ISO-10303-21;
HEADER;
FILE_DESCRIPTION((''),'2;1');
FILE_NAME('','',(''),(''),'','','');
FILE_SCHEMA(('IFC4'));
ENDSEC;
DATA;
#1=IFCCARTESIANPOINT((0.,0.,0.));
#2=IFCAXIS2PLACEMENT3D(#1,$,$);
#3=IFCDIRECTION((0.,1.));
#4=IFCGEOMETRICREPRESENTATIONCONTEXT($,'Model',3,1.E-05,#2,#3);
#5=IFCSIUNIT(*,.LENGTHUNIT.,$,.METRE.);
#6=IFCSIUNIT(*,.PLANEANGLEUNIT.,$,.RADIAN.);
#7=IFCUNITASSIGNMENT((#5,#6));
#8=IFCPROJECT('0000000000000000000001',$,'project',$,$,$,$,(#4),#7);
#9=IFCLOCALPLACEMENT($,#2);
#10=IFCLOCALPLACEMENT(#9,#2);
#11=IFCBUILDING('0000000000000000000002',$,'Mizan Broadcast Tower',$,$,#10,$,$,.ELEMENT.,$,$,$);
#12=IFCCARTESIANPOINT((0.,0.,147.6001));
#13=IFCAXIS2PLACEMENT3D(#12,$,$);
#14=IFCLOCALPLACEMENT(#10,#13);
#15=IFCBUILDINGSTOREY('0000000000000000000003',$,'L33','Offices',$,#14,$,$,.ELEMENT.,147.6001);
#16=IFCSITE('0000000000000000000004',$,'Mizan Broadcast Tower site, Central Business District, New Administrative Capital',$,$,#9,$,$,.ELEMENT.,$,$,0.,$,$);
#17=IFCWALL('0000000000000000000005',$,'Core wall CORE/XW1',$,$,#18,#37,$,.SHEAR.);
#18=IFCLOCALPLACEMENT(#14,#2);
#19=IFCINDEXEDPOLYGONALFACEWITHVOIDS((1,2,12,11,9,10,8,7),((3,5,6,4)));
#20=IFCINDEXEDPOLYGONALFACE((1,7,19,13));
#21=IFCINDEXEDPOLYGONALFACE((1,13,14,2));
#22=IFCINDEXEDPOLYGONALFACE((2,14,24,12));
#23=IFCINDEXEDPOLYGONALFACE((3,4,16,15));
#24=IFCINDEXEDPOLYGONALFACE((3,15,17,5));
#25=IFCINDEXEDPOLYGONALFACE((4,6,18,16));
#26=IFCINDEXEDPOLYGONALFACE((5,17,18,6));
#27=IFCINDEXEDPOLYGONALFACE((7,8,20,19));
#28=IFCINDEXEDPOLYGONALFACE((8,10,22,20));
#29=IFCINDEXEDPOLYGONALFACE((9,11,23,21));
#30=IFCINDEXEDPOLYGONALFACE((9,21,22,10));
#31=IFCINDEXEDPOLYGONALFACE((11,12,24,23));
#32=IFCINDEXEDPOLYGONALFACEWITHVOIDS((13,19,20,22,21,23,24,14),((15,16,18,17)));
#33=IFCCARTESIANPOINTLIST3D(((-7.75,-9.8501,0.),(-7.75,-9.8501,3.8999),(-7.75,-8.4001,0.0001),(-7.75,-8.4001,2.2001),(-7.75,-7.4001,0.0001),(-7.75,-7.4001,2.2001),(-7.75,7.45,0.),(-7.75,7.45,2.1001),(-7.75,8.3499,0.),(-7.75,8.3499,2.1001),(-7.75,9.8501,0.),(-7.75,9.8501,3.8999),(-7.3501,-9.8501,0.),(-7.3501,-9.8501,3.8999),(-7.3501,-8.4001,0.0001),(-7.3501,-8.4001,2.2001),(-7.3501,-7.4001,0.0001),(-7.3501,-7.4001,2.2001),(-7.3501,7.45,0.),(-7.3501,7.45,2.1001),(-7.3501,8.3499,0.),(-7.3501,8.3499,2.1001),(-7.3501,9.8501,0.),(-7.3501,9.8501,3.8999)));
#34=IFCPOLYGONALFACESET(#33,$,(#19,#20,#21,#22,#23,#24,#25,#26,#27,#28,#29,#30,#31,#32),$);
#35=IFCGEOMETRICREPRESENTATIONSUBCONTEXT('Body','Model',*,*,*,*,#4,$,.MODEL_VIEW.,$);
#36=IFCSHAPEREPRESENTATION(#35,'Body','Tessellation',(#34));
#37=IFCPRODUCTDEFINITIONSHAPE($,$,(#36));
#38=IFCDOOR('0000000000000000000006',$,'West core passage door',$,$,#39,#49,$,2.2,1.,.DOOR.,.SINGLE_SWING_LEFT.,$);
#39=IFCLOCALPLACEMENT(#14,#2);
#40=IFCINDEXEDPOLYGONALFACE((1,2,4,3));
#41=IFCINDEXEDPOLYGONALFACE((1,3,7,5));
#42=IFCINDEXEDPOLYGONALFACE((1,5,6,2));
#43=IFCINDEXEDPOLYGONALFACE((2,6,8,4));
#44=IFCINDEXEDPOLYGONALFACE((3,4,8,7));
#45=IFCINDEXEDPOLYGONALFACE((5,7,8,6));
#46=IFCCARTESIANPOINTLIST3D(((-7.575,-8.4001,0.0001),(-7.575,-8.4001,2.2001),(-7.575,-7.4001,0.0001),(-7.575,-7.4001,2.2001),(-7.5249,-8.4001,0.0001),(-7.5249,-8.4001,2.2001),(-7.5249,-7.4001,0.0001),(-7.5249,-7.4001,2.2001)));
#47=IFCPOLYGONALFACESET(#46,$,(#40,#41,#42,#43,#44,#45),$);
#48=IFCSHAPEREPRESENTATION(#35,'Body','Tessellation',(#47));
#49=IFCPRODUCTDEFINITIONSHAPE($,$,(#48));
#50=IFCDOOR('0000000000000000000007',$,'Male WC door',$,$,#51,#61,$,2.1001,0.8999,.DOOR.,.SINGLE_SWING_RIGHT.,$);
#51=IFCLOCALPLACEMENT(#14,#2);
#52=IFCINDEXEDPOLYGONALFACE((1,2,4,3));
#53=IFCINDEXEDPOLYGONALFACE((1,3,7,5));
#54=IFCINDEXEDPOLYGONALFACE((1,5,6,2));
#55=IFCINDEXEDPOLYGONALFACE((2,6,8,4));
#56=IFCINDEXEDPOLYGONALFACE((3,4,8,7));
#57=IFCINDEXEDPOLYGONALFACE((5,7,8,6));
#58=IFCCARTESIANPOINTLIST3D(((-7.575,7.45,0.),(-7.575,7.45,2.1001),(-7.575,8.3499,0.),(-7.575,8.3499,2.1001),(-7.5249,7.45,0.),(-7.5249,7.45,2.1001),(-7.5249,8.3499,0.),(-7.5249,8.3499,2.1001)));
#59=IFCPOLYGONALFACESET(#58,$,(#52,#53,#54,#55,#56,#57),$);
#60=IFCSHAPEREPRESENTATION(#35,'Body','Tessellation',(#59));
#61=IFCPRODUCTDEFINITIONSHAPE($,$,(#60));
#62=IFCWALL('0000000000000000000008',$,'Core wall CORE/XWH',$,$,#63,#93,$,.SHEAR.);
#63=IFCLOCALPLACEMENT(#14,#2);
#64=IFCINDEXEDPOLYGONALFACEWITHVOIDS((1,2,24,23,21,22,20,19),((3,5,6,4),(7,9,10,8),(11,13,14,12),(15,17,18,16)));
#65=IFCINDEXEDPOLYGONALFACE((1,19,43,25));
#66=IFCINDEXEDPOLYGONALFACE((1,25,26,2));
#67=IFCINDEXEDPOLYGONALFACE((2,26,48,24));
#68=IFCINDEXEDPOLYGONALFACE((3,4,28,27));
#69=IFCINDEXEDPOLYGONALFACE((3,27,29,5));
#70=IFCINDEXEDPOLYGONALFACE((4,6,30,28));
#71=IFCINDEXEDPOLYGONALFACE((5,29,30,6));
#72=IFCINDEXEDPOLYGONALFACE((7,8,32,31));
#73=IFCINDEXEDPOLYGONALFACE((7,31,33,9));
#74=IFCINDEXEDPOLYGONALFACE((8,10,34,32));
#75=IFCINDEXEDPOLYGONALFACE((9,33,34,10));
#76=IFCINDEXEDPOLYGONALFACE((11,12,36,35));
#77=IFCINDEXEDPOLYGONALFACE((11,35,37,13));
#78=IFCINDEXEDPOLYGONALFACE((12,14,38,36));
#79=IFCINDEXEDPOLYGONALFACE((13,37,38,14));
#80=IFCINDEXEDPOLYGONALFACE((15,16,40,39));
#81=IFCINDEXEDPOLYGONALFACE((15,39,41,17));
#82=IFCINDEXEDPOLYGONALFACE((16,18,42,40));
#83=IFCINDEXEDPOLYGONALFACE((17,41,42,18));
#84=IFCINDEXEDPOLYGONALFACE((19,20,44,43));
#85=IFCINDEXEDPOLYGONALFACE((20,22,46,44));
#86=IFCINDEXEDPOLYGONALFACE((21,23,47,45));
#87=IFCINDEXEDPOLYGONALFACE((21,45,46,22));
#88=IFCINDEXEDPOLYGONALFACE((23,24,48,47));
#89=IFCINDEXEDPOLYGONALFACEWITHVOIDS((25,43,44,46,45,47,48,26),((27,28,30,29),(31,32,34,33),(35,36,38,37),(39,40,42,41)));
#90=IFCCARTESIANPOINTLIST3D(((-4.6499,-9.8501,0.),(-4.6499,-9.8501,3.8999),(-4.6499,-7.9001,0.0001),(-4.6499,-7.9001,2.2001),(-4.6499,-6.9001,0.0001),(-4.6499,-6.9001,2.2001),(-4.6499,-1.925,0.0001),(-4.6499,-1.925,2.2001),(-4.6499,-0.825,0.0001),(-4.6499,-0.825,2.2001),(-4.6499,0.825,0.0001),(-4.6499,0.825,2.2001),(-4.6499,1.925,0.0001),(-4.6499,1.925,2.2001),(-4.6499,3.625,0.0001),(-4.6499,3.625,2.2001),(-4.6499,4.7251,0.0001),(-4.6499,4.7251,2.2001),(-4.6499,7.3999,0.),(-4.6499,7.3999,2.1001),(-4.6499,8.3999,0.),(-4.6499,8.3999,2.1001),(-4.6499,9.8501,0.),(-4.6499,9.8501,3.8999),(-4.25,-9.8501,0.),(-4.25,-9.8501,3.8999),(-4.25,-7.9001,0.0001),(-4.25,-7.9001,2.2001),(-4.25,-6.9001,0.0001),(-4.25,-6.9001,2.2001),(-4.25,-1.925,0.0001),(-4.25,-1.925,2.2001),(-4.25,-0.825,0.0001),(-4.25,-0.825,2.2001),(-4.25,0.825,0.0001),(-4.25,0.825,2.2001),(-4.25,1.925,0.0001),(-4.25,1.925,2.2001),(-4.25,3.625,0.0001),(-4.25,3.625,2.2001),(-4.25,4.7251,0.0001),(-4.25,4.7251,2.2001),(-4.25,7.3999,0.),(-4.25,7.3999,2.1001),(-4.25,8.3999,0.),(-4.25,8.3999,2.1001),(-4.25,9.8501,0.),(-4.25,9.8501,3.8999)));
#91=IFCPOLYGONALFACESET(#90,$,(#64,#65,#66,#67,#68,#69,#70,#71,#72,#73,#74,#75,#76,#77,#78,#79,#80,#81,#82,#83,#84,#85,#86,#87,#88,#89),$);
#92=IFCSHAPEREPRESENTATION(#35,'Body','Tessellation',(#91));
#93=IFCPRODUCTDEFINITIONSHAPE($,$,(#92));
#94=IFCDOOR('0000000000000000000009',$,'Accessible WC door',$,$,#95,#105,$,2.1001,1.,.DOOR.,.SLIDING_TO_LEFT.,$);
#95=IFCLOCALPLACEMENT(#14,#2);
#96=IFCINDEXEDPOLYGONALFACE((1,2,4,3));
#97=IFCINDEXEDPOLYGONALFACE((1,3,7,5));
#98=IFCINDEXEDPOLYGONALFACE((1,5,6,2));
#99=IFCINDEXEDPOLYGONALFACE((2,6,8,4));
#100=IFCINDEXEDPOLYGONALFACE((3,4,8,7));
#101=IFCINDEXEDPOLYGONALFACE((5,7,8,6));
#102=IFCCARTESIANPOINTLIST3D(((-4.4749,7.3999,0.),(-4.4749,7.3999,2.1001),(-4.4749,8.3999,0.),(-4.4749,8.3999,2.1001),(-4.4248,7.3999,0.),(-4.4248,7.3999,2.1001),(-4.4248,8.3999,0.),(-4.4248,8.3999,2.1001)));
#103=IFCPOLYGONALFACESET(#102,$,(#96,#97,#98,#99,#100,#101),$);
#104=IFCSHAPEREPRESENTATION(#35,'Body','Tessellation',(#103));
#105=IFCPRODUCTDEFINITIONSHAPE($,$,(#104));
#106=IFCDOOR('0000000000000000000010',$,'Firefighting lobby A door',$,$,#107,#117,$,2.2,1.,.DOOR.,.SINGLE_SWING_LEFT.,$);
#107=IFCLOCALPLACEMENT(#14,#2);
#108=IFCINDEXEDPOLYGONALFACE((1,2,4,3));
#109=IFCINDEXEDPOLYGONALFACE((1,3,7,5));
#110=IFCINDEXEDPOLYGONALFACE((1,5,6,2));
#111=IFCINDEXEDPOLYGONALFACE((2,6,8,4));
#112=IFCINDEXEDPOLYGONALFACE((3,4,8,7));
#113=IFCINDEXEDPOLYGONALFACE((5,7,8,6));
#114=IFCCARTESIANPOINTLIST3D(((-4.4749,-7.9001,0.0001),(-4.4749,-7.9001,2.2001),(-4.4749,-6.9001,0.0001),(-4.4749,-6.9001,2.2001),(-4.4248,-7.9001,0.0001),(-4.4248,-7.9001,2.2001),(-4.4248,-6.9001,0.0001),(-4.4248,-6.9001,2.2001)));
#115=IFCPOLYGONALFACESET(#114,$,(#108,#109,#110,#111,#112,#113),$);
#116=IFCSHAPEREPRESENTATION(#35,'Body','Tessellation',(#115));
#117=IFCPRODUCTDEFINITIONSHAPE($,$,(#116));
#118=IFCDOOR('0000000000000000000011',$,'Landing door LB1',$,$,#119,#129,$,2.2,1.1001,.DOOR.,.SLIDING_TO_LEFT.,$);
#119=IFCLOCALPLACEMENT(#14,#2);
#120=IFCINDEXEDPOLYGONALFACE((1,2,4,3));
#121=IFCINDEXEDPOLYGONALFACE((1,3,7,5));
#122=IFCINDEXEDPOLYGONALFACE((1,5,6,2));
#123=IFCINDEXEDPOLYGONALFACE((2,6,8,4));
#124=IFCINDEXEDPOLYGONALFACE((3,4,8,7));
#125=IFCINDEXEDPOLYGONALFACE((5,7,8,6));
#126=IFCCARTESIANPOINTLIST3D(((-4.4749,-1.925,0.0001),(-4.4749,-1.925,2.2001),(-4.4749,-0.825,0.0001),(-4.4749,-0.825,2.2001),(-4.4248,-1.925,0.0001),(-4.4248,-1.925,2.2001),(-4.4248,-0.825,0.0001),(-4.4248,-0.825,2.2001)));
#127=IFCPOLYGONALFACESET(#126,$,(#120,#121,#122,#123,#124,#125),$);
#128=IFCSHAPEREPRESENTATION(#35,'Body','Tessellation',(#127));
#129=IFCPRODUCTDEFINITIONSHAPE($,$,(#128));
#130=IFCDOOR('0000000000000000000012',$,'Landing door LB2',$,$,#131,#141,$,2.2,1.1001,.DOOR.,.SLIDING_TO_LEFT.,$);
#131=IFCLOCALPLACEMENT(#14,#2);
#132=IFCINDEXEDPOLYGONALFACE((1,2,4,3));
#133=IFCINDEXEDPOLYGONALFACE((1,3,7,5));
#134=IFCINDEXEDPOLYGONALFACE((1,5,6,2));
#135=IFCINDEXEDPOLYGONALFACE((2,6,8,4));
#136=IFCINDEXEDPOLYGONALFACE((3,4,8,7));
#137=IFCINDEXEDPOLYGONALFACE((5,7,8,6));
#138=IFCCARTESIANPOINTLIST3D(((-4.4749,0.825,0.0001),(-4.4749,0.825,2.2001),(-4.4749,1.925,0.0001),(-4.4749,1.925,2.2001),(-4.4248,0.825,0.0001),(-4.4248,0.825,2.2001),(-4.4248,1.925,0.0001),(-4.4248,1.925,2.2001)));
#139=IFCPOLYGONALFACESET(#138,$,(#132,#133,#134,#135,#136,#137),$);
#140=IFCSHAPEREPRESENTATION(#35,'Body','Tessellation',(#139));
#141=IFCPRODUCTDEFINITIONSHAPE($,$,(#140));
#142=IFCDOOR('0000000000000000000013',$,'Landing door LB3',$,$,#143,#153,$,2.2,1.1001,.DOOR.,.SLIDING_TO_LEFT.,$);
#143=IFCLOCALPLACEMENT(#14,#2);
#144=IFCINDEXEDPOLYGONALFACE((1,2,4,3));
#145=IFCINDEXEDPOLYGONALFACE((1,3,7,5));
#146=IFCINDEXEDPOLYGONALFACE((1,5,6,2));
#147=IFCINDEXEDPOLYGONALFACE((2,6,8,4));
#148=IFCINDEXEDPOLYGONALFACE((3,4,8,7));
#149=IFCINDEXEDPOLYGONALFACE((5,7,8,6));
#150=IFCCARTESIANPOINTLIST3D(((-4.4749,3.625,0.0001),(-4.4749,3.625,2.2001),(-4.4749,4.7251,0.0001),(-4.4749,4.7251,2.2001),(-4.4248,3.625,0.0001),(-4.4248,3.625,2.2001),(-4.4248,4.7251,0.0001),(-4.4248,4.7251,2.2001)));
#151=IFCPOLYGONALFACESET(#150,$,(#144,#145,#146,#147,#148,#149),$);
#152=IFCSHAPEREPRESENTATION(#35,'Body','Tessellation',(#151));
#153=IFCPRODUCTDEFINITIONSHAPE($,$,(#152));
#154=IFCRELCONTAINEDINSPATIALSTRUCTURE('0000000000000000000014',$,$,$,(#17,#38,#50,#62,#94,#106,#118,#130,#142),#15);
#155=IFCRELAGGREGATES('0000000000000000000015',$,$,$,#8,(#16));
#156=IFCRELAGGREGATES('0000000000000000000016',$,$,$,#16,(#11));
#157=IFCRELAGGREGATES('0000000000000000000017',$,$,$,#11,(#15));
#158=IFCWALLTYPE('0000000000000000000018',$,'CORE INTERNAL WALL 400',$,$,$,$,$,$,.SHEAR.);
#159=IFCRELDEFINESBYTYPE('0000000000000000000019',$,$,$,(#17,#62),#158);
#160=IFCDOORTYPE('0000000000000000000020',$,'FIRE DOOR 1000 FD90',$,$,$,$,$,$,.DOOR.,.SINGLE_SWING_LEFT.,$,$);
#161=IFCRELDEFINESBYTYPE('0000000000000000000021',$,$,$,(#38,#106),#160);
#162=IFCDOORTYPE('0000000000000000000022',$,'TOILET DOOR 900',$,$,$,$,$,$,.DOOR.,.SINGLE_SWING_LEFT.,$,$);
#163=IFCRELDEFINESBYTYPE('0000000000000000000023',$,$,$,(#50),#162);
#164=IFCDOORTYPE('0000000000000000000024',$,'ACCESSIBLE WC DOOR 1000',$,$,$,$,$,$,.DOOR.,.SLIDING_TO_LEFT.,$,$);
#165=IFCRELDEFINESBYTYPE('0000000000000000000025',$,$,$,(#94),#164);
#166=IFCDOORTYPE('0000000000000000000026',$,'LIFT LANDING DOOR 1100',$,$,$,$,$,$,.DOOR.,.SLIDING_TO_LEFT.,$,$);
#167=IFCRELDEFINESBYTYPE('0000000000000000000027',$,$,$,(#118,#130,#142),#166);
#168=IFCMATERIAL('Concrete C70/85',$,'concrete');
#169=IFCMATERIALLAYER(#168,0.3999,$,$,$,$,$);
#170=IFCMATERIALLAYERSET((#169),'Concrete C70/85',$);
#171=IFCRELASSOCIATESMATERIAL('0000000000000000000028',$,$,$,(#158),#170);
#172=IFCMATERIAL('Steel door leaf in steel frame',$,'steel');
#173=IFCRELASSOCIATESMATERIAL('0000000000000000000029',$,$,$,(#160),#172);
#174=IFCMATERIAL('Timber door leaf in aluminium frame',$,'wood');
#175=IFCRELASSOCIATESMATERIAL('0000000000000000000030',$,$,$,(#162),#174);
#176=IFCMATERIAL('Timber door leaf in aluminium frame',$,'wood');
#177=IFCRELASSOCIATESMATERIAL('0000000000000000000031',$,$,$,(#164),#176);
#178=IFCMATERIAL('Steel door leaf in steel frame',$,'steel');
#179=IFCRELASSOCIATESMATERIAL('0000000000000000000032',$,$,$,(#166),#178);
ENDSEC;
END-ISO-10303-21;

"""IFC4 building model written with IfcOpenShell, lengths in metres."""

from ifc_helpers import new_model, si_unit, direction, frame, frame_2d, origin, place, context, subcontext, project, spatial, rectangle, extrude, material, layer, layer_set, type_object, element, fill, save


model = new_model("IFC4")

# Units and contexts
model_context = context("Model", 3, precision=1e-05, world=origin(), true_north=direction((0.0, 1.0)))
body_context = subcontext(model_context, "Body", "Model", "MODEL_VIEW")
ifc_project = project(units=[si_unit("LENGTHUNIT", "METRE"), si_unit("PLANEANGLEUNIT", "RADIAN")], contexts=[model_context])

# Site, building, storey
site_placement = place(None, origin())
site = spatial("IfcSite", under=ifc_project, at=site_placement, Name="Mizan Broadcast Tower site, Central Business District, New Administrative Capital", CompositionType="ELEMENT", RefElevation=0.0)
building_placement = place(site_placement, origin())
building = spatial("IfcBuilding", under=site, at=building_placement, Name="Mizan Broadcast Tower", CompositionType="ELEMENT")
storey_placement = place(building_placement, frame((0.0, 0.0, 147.6001)))
storey = spatial("IfcBuildingStorey", under=building, at=storey_placement, Name="L33", Description="Offices", CompositionType="ELEMENT", Elevation=147.6001)

# Walls, openings, doors
ifc_material_1 = material(Name="Concrete C70/85", Category="concrete")
ifc_layer_1 = layer(ifc_material_1, 0.3999)
ifc_layer_set_1 = layer_set([ifc_layer_1], Name="Concrete C70/85")
wall_type_1 = type_object("IfcWallType", Name="CORE INTERNAL WALL 400", PredefinedType="SHEAR", material=ifc_layer_set_1)
wall_1_placement = place(storey_placement, frame((-7.55, -9.8501, 0.0), z_axis=(0.0, 0.0, 1.0), x_axis=(0.0, 1.0, 0.0)))
wall_1 = element("IfcWall", 1, at=wall_1_placement, inside=storey, type_object=wall_type_1, Name="Core wall CORE/XW1", PredefinedType="SHEAR", context=body_context, shape_type="SweptSolid", body=[
    extrude(rectangle(XDim=19.7002, YDim=0.3999, at=frame_2d((9.8501, 0.0))), origin(), (0.0, 0.0, 1.0), 3.8999),
])
opening_1_placement = place(wall_1_placement, frame((1.45, 0.0, 0.0)))
opening_1 = element("IfcOpeningElement", 2, at=opening_1_placement, cuts=wall_1, PredefinedType="OPENING", context=body_context, shape_type="SweptSolid", body=[
    extrude(rectangle(XDim=1.0, YDim=2.2, at=frame_2d((0.5, 1.1001))), frame((0.0, 0.21, 0.0), z_axis=(0.0, -1.0, 0.0), x_axis=(1.0, 0.0, 0.0)), (0.0, 0.0, 1.0), 0.4199),
])
opening_2_placement = place(wall_1_placement, frame((17.3, 0.0, 0.0)))
opening_2 = element("IfcOpeningElement", 3, at=opening_2_placement, cuts=wall_1, PredefinedType="OPENING", context=body_context, shape_type="SweptSolid", body=[
    extrude(rectangle(XDim=0.8999, YDim=2.1001, at=frame_2d((0.45, 1.05))), frame((0.0, 0.21, 0.0), z_axis=(0.0, -1.0, 0.0), x_axis=(1.0, 0.0, 0.0)), (0.0, 0.0, 1.0), 0.4199),
])
ifc_material_2 = material(Name="Steel door leaf in steel frame", Category="steel")
door_type_1 = type_object("IfcDoorType", Name="FIRE DOOR 1000 FD90", OperationType="SINGLE_SWING_LEFT", PredefinedType="DOOR", material=ifc_material_2)
door_1_placement = place(opening_1_placement, origin())
door_1 = element("IfcDoor", 4, at=door_1_placement, inside=storey, type_object=door_type_1, Name="West core passage door", OperationType="SINGLE_SWING_LEFT", OverallHeight=2.2, OverallWidth=1.0, PredefinedType="DOOR", context=body_context, shape_type="SweptSolid", body=[
    extrude(rectangle(XDim=1.0, YDim=2.2, at=frame_2d((0.5, 1.1001))), frame((0.0, 0.0249, 0.0), z_axis=(0.0, -1.0, 0.0), x_axis=(1.0, 0.0, 0.0)), (0.0, 0.0, 1.0), 0.05),
])
fill(opening_1, door_1)
ifc_material_3 = material(Name="Timber door leaf in aluminium frame", Category="wood")
door_type_2 = type_object("IfcDoorType", Name="TOILET DOOR 900", OperationType="SINGLE_SWING_LEFT", PredefinedType="DOOR", material=ifc_material_3)
door_2_placement = place(opening_2_placement, origin())
door_2 = element("IfcDoor", 5, at=door_2_placement, inside=storey, type_object=door_type_2, Name="Male WC door", OperationType="SINGLE_SWING_RIGHT", OverallHeight=2.1001, OverallWidth=0.8999, PredefinedType="DOOR", context=body_context, shape_type="SweptSolid", body=[
    extrude(rectangle(XDim=0.8999, YDim=2.1001, at=frame_2d((0.45, 1.05))), frame((0.0, 0.0249, 0.0), z_axis=(0.0, -1.0, 0.0), x_axis=(1.0, 0.0, 0.0)), (0.0, 0.0, 1.0), 0.05),
])
fill(opening_2, door_2)
wall_2_placement = place(storey_placement, frame((-4.45, -9.8501, 0.0), z_axis=(0.0, 0.0, 1.0), x_axis=(0.0, 1.0, 0.0)))
wall_2 = element("IfcWall", 6, at=wall_2_placement, inside=storey, type_object=wall_type_1, Name="Core wall CORE/XWH", PredefinedType="SHEAR", context=body_context, shape_type="SweptSolid", body=[
    extrude(rectangle(XDim=19.7002, YDim=0.3999, at=frame_2d((9.8501, 0.0))), origin(), (0.0, 0.0, 1.0), 3.8999),
])
opening_3_placement = place(wall_2_placement, frame((1.95, 0.0, 0.0)))
opening_3 = element("IfcOpeningElement", 7, at=opening_3_placement, cuts=wall_2, PredefinedType="OPENING", context=body_context, shape_type="SweptSolid", body=[
    extrude(rectangle(XDim=1.0, YDim=2.2, at=frame_2d((0.5, 1.1001))), frame((0.0, 0.21, 0.0), z_axis=(0.0, -1.0, 0.0), x_axis=(1.0, 0.0, 0.0)), (0.0, 0.0, 1.0), 0.4199),
])
opening_4_placement = place(wall_2_placement, frame((17.25, 0.0, 0.0)))
opening_4 = element("IfcOpeningElement", 8, at=opening_4_placement, cuts=wall_2, PredefinedType="OPENING", context=body_context, shape_type="SweptSolid", body=[
    extrude(rectangle(XDim=1.0, YDim=2.1001, at=frame_2d((0.5, 1.05))), frame((0.0, 0.21, 0.0), z_axis=(0.0, -1.0, 0.0), x_axis=(1.0, 0.0, 0.0)), (0.0, 0.0, 1.0), 0.4199),
])
opening_5_placement = place(wall_2_placement, frame((7.925, 0.0, 0.0)))
opening_5 = element("IfcOpeningElement", 9, at=opening_5_placement, cuts=wall_2, PredefinedType="OPENING", context=body_context, shape_type="SweptSolid", body=[
    extrude(rectangle(XDim=1.1001, YDim=2.2, at=frame_2d((0.55, 1.1001))), frame((0.0, 0.21, 0.0), z_axis=(0.0, -1.0, 0.0), x_axis=(1.0, 0.0, 0.0)), (0.0, 0.0, 1.0), 0.4199),
])
opening_6_placement = place(wall_2_placement, frame((10.675, 0.0, 0.0)))
opening_6 = element("IfcOpeningElement", 10, at=opening_6_placement, cuts=wall_2, PredefinedType="OPENING", context=body_context, shape_type="SweptSolid", body=[
    extrude(rectangle(XDim=1.1001, YDim=2.2, at=frame_2d((0.55, 1.1001))), frame((0.0, 0.21, 0.0), z_axis=(0.0, -1.0, 0.0), x_axis=(1.0, 0.0, 0.0)), (0.0, 0.0, 1.0), 0.4199),
])
opening_7_placement = place(wall_2_placement, frame((13.4751, 0.0, 0.0)))
opening_7 = element("IfcOpeningElement", 11, at=opening_7_placement, cuts=wall_2, PredefinedType="OPENING", context=body_context, shape_type="SweptSolid", body=[
    extrude(rectangle(XDim=1.1001, YDim=2.2, at=frame_2d((0.55, 1.1001))), frame((0.0, 0.21, 0.0), z_axis=(0.0, -1.0, 0.0), x_axis=(1.0, 0.0, 0.0)), (0.0, 0.0, 1.0), 0.4199),
])
ifc_material_4 = material(Name="Timber door leaf in aluminium frame", Category="wood")
door_type_3 = type_object("IfcDoorType", Name="ACCESSIBLE WC DOOR 1000", OperationType="SLIDING_TO_LEFT", PredefinedType="DOOR", material=ifc_material_4)
door_3_placement = place(opening_4_placement, origin())
door_3 = element("IfcDoor", 12, at=door_3_placement, inside=storey, type_object=door_type_3, Name="Accessible WC door", OperationType="SLIDING_TO_LEFT", OverallHeight=2.1001, OverallWidth=1.0, PredefinedType="DOOR", context=body_context, shape_type="SweptSolid", body=[
    extrude(rectangle(XDim=1.0, YDim=2.1001, at=frame_2d((0.5, 1.05))), frame((0.0, 0.0249, 0.0), z_axis=(0.0, -1.0, 0.0), x_axis=(1.0, 0.0, 0.0)), (0.0, 0.0, 1.0), 0.05),
])
fill(opening_4, door_3)
door_4_placement = place(opening_3_placement, origin())
door_4 = element("IfcDoor", 13, at=door_4_placement, inside=storey, type_object=door_type_1, Name="Firefighting lobby A door", OperationType="SINGLE_SWING_LEFT", OverallHeight=2.2, OverallWidth=1.0, PredefinedType="DOOR", context=body_context, shape_type="SweptSolid", body=[
    extrude(rectangle(XDim=1.0, YDim=2.2, at=frame_2d((0.5, 1.1001))), frame((0.0, 0.0249, 0.0), z_axis=(0.0, -1.0, 0.0), x_axis=(1.0, 0.0, 0.0)), (0.0, 0.0, 1.0), 0.05),
])
fill(opening_3, door_4)
ifc_material_5 = material(Name="Steel door leaf in steel frame", Category="steel")
door_type_4 = type_object("IfcDoorType", Name="LIFT LANDING DOOR 1100", OperationType="SLIDING_TO_LEFT", PredefinedType="DOOR", material=ifc_material_5)
door_5_placement = place(opening_5_placement, origin())
door_5 = element("IfcDoor", 14, at=door_5_placement, inside=storey, type_object=door_type_4, Name="Landing door LB1", OperationType="SLIDING_TO_LEFT", OverallHeight=2.2, OverallWidth=1.1001, PredefinedType="DOOR", context=body_context, shape_type="SweptSolid", body=[
    extrude(rectangle(XDim=1.1001, YDim=2.2, at=frame_2d((0.55, 1.1001))), frame((0.0, 0.0249, 0.0), z_axis=(0.0, -1.0, 0.0), x_axis=(1.0, 0.0, 0.0)), (0.0, 0.0, 1.0), 0.05),
])
fill(opening_5, door_5)
door_6_placement = place(opening_6_placement, origin())
door_6 = element("IfcDoor", 15, at=door_6_placement, inside=storey, type_object=door_type_4, Name="Landing door LB2", OperationType="SLIDING_TO_LEFT", OverallHeight=2.2, OverallWidth=1.1001, PredefinedType="DOOR", context=body_context, shape_type="SweptSolid", body=[
    extrude(rectangle(XDim=1.1001, YDim=2.2, at=frame_2d((0.55, 1.1001))), frame((0.0, 0.0249, 0.0), z_axis=(0.0, -1.0, 0.0), x_axis=(1.0, 0.0, 0.0)), (0.0, 0.0, 1.0), 0.05),
])
fill(opening_6, door_6)
door_7_placement = place(opening_7_placement, origin())
door_7 = element("IfcDoor", 16, at=door_7_placement, inside=storey, type_object=door_type_4, Name="Landing door LB3", OperationType="SLIDING_TO_LEFT", OverallHeight=2.2, OverallWidth=1.1001, PredefinedType="DOOR", context=body_context, shape_type="SweptSolid", body=[
    extrude(rectangle(XDim=1.1001, YDim=2.2, at=frame_2d((0.55, 1.1001))), frame((0.0, 0.0249, 0.0), z_axis=(0.0, -1.0, 0.0), x_axis=(1.0, 0.0, 0.0)), (0.0, 0.0, 1.0), 0.05),
])
fill(opening_7, door_7)

save(model, "model.ifc")
